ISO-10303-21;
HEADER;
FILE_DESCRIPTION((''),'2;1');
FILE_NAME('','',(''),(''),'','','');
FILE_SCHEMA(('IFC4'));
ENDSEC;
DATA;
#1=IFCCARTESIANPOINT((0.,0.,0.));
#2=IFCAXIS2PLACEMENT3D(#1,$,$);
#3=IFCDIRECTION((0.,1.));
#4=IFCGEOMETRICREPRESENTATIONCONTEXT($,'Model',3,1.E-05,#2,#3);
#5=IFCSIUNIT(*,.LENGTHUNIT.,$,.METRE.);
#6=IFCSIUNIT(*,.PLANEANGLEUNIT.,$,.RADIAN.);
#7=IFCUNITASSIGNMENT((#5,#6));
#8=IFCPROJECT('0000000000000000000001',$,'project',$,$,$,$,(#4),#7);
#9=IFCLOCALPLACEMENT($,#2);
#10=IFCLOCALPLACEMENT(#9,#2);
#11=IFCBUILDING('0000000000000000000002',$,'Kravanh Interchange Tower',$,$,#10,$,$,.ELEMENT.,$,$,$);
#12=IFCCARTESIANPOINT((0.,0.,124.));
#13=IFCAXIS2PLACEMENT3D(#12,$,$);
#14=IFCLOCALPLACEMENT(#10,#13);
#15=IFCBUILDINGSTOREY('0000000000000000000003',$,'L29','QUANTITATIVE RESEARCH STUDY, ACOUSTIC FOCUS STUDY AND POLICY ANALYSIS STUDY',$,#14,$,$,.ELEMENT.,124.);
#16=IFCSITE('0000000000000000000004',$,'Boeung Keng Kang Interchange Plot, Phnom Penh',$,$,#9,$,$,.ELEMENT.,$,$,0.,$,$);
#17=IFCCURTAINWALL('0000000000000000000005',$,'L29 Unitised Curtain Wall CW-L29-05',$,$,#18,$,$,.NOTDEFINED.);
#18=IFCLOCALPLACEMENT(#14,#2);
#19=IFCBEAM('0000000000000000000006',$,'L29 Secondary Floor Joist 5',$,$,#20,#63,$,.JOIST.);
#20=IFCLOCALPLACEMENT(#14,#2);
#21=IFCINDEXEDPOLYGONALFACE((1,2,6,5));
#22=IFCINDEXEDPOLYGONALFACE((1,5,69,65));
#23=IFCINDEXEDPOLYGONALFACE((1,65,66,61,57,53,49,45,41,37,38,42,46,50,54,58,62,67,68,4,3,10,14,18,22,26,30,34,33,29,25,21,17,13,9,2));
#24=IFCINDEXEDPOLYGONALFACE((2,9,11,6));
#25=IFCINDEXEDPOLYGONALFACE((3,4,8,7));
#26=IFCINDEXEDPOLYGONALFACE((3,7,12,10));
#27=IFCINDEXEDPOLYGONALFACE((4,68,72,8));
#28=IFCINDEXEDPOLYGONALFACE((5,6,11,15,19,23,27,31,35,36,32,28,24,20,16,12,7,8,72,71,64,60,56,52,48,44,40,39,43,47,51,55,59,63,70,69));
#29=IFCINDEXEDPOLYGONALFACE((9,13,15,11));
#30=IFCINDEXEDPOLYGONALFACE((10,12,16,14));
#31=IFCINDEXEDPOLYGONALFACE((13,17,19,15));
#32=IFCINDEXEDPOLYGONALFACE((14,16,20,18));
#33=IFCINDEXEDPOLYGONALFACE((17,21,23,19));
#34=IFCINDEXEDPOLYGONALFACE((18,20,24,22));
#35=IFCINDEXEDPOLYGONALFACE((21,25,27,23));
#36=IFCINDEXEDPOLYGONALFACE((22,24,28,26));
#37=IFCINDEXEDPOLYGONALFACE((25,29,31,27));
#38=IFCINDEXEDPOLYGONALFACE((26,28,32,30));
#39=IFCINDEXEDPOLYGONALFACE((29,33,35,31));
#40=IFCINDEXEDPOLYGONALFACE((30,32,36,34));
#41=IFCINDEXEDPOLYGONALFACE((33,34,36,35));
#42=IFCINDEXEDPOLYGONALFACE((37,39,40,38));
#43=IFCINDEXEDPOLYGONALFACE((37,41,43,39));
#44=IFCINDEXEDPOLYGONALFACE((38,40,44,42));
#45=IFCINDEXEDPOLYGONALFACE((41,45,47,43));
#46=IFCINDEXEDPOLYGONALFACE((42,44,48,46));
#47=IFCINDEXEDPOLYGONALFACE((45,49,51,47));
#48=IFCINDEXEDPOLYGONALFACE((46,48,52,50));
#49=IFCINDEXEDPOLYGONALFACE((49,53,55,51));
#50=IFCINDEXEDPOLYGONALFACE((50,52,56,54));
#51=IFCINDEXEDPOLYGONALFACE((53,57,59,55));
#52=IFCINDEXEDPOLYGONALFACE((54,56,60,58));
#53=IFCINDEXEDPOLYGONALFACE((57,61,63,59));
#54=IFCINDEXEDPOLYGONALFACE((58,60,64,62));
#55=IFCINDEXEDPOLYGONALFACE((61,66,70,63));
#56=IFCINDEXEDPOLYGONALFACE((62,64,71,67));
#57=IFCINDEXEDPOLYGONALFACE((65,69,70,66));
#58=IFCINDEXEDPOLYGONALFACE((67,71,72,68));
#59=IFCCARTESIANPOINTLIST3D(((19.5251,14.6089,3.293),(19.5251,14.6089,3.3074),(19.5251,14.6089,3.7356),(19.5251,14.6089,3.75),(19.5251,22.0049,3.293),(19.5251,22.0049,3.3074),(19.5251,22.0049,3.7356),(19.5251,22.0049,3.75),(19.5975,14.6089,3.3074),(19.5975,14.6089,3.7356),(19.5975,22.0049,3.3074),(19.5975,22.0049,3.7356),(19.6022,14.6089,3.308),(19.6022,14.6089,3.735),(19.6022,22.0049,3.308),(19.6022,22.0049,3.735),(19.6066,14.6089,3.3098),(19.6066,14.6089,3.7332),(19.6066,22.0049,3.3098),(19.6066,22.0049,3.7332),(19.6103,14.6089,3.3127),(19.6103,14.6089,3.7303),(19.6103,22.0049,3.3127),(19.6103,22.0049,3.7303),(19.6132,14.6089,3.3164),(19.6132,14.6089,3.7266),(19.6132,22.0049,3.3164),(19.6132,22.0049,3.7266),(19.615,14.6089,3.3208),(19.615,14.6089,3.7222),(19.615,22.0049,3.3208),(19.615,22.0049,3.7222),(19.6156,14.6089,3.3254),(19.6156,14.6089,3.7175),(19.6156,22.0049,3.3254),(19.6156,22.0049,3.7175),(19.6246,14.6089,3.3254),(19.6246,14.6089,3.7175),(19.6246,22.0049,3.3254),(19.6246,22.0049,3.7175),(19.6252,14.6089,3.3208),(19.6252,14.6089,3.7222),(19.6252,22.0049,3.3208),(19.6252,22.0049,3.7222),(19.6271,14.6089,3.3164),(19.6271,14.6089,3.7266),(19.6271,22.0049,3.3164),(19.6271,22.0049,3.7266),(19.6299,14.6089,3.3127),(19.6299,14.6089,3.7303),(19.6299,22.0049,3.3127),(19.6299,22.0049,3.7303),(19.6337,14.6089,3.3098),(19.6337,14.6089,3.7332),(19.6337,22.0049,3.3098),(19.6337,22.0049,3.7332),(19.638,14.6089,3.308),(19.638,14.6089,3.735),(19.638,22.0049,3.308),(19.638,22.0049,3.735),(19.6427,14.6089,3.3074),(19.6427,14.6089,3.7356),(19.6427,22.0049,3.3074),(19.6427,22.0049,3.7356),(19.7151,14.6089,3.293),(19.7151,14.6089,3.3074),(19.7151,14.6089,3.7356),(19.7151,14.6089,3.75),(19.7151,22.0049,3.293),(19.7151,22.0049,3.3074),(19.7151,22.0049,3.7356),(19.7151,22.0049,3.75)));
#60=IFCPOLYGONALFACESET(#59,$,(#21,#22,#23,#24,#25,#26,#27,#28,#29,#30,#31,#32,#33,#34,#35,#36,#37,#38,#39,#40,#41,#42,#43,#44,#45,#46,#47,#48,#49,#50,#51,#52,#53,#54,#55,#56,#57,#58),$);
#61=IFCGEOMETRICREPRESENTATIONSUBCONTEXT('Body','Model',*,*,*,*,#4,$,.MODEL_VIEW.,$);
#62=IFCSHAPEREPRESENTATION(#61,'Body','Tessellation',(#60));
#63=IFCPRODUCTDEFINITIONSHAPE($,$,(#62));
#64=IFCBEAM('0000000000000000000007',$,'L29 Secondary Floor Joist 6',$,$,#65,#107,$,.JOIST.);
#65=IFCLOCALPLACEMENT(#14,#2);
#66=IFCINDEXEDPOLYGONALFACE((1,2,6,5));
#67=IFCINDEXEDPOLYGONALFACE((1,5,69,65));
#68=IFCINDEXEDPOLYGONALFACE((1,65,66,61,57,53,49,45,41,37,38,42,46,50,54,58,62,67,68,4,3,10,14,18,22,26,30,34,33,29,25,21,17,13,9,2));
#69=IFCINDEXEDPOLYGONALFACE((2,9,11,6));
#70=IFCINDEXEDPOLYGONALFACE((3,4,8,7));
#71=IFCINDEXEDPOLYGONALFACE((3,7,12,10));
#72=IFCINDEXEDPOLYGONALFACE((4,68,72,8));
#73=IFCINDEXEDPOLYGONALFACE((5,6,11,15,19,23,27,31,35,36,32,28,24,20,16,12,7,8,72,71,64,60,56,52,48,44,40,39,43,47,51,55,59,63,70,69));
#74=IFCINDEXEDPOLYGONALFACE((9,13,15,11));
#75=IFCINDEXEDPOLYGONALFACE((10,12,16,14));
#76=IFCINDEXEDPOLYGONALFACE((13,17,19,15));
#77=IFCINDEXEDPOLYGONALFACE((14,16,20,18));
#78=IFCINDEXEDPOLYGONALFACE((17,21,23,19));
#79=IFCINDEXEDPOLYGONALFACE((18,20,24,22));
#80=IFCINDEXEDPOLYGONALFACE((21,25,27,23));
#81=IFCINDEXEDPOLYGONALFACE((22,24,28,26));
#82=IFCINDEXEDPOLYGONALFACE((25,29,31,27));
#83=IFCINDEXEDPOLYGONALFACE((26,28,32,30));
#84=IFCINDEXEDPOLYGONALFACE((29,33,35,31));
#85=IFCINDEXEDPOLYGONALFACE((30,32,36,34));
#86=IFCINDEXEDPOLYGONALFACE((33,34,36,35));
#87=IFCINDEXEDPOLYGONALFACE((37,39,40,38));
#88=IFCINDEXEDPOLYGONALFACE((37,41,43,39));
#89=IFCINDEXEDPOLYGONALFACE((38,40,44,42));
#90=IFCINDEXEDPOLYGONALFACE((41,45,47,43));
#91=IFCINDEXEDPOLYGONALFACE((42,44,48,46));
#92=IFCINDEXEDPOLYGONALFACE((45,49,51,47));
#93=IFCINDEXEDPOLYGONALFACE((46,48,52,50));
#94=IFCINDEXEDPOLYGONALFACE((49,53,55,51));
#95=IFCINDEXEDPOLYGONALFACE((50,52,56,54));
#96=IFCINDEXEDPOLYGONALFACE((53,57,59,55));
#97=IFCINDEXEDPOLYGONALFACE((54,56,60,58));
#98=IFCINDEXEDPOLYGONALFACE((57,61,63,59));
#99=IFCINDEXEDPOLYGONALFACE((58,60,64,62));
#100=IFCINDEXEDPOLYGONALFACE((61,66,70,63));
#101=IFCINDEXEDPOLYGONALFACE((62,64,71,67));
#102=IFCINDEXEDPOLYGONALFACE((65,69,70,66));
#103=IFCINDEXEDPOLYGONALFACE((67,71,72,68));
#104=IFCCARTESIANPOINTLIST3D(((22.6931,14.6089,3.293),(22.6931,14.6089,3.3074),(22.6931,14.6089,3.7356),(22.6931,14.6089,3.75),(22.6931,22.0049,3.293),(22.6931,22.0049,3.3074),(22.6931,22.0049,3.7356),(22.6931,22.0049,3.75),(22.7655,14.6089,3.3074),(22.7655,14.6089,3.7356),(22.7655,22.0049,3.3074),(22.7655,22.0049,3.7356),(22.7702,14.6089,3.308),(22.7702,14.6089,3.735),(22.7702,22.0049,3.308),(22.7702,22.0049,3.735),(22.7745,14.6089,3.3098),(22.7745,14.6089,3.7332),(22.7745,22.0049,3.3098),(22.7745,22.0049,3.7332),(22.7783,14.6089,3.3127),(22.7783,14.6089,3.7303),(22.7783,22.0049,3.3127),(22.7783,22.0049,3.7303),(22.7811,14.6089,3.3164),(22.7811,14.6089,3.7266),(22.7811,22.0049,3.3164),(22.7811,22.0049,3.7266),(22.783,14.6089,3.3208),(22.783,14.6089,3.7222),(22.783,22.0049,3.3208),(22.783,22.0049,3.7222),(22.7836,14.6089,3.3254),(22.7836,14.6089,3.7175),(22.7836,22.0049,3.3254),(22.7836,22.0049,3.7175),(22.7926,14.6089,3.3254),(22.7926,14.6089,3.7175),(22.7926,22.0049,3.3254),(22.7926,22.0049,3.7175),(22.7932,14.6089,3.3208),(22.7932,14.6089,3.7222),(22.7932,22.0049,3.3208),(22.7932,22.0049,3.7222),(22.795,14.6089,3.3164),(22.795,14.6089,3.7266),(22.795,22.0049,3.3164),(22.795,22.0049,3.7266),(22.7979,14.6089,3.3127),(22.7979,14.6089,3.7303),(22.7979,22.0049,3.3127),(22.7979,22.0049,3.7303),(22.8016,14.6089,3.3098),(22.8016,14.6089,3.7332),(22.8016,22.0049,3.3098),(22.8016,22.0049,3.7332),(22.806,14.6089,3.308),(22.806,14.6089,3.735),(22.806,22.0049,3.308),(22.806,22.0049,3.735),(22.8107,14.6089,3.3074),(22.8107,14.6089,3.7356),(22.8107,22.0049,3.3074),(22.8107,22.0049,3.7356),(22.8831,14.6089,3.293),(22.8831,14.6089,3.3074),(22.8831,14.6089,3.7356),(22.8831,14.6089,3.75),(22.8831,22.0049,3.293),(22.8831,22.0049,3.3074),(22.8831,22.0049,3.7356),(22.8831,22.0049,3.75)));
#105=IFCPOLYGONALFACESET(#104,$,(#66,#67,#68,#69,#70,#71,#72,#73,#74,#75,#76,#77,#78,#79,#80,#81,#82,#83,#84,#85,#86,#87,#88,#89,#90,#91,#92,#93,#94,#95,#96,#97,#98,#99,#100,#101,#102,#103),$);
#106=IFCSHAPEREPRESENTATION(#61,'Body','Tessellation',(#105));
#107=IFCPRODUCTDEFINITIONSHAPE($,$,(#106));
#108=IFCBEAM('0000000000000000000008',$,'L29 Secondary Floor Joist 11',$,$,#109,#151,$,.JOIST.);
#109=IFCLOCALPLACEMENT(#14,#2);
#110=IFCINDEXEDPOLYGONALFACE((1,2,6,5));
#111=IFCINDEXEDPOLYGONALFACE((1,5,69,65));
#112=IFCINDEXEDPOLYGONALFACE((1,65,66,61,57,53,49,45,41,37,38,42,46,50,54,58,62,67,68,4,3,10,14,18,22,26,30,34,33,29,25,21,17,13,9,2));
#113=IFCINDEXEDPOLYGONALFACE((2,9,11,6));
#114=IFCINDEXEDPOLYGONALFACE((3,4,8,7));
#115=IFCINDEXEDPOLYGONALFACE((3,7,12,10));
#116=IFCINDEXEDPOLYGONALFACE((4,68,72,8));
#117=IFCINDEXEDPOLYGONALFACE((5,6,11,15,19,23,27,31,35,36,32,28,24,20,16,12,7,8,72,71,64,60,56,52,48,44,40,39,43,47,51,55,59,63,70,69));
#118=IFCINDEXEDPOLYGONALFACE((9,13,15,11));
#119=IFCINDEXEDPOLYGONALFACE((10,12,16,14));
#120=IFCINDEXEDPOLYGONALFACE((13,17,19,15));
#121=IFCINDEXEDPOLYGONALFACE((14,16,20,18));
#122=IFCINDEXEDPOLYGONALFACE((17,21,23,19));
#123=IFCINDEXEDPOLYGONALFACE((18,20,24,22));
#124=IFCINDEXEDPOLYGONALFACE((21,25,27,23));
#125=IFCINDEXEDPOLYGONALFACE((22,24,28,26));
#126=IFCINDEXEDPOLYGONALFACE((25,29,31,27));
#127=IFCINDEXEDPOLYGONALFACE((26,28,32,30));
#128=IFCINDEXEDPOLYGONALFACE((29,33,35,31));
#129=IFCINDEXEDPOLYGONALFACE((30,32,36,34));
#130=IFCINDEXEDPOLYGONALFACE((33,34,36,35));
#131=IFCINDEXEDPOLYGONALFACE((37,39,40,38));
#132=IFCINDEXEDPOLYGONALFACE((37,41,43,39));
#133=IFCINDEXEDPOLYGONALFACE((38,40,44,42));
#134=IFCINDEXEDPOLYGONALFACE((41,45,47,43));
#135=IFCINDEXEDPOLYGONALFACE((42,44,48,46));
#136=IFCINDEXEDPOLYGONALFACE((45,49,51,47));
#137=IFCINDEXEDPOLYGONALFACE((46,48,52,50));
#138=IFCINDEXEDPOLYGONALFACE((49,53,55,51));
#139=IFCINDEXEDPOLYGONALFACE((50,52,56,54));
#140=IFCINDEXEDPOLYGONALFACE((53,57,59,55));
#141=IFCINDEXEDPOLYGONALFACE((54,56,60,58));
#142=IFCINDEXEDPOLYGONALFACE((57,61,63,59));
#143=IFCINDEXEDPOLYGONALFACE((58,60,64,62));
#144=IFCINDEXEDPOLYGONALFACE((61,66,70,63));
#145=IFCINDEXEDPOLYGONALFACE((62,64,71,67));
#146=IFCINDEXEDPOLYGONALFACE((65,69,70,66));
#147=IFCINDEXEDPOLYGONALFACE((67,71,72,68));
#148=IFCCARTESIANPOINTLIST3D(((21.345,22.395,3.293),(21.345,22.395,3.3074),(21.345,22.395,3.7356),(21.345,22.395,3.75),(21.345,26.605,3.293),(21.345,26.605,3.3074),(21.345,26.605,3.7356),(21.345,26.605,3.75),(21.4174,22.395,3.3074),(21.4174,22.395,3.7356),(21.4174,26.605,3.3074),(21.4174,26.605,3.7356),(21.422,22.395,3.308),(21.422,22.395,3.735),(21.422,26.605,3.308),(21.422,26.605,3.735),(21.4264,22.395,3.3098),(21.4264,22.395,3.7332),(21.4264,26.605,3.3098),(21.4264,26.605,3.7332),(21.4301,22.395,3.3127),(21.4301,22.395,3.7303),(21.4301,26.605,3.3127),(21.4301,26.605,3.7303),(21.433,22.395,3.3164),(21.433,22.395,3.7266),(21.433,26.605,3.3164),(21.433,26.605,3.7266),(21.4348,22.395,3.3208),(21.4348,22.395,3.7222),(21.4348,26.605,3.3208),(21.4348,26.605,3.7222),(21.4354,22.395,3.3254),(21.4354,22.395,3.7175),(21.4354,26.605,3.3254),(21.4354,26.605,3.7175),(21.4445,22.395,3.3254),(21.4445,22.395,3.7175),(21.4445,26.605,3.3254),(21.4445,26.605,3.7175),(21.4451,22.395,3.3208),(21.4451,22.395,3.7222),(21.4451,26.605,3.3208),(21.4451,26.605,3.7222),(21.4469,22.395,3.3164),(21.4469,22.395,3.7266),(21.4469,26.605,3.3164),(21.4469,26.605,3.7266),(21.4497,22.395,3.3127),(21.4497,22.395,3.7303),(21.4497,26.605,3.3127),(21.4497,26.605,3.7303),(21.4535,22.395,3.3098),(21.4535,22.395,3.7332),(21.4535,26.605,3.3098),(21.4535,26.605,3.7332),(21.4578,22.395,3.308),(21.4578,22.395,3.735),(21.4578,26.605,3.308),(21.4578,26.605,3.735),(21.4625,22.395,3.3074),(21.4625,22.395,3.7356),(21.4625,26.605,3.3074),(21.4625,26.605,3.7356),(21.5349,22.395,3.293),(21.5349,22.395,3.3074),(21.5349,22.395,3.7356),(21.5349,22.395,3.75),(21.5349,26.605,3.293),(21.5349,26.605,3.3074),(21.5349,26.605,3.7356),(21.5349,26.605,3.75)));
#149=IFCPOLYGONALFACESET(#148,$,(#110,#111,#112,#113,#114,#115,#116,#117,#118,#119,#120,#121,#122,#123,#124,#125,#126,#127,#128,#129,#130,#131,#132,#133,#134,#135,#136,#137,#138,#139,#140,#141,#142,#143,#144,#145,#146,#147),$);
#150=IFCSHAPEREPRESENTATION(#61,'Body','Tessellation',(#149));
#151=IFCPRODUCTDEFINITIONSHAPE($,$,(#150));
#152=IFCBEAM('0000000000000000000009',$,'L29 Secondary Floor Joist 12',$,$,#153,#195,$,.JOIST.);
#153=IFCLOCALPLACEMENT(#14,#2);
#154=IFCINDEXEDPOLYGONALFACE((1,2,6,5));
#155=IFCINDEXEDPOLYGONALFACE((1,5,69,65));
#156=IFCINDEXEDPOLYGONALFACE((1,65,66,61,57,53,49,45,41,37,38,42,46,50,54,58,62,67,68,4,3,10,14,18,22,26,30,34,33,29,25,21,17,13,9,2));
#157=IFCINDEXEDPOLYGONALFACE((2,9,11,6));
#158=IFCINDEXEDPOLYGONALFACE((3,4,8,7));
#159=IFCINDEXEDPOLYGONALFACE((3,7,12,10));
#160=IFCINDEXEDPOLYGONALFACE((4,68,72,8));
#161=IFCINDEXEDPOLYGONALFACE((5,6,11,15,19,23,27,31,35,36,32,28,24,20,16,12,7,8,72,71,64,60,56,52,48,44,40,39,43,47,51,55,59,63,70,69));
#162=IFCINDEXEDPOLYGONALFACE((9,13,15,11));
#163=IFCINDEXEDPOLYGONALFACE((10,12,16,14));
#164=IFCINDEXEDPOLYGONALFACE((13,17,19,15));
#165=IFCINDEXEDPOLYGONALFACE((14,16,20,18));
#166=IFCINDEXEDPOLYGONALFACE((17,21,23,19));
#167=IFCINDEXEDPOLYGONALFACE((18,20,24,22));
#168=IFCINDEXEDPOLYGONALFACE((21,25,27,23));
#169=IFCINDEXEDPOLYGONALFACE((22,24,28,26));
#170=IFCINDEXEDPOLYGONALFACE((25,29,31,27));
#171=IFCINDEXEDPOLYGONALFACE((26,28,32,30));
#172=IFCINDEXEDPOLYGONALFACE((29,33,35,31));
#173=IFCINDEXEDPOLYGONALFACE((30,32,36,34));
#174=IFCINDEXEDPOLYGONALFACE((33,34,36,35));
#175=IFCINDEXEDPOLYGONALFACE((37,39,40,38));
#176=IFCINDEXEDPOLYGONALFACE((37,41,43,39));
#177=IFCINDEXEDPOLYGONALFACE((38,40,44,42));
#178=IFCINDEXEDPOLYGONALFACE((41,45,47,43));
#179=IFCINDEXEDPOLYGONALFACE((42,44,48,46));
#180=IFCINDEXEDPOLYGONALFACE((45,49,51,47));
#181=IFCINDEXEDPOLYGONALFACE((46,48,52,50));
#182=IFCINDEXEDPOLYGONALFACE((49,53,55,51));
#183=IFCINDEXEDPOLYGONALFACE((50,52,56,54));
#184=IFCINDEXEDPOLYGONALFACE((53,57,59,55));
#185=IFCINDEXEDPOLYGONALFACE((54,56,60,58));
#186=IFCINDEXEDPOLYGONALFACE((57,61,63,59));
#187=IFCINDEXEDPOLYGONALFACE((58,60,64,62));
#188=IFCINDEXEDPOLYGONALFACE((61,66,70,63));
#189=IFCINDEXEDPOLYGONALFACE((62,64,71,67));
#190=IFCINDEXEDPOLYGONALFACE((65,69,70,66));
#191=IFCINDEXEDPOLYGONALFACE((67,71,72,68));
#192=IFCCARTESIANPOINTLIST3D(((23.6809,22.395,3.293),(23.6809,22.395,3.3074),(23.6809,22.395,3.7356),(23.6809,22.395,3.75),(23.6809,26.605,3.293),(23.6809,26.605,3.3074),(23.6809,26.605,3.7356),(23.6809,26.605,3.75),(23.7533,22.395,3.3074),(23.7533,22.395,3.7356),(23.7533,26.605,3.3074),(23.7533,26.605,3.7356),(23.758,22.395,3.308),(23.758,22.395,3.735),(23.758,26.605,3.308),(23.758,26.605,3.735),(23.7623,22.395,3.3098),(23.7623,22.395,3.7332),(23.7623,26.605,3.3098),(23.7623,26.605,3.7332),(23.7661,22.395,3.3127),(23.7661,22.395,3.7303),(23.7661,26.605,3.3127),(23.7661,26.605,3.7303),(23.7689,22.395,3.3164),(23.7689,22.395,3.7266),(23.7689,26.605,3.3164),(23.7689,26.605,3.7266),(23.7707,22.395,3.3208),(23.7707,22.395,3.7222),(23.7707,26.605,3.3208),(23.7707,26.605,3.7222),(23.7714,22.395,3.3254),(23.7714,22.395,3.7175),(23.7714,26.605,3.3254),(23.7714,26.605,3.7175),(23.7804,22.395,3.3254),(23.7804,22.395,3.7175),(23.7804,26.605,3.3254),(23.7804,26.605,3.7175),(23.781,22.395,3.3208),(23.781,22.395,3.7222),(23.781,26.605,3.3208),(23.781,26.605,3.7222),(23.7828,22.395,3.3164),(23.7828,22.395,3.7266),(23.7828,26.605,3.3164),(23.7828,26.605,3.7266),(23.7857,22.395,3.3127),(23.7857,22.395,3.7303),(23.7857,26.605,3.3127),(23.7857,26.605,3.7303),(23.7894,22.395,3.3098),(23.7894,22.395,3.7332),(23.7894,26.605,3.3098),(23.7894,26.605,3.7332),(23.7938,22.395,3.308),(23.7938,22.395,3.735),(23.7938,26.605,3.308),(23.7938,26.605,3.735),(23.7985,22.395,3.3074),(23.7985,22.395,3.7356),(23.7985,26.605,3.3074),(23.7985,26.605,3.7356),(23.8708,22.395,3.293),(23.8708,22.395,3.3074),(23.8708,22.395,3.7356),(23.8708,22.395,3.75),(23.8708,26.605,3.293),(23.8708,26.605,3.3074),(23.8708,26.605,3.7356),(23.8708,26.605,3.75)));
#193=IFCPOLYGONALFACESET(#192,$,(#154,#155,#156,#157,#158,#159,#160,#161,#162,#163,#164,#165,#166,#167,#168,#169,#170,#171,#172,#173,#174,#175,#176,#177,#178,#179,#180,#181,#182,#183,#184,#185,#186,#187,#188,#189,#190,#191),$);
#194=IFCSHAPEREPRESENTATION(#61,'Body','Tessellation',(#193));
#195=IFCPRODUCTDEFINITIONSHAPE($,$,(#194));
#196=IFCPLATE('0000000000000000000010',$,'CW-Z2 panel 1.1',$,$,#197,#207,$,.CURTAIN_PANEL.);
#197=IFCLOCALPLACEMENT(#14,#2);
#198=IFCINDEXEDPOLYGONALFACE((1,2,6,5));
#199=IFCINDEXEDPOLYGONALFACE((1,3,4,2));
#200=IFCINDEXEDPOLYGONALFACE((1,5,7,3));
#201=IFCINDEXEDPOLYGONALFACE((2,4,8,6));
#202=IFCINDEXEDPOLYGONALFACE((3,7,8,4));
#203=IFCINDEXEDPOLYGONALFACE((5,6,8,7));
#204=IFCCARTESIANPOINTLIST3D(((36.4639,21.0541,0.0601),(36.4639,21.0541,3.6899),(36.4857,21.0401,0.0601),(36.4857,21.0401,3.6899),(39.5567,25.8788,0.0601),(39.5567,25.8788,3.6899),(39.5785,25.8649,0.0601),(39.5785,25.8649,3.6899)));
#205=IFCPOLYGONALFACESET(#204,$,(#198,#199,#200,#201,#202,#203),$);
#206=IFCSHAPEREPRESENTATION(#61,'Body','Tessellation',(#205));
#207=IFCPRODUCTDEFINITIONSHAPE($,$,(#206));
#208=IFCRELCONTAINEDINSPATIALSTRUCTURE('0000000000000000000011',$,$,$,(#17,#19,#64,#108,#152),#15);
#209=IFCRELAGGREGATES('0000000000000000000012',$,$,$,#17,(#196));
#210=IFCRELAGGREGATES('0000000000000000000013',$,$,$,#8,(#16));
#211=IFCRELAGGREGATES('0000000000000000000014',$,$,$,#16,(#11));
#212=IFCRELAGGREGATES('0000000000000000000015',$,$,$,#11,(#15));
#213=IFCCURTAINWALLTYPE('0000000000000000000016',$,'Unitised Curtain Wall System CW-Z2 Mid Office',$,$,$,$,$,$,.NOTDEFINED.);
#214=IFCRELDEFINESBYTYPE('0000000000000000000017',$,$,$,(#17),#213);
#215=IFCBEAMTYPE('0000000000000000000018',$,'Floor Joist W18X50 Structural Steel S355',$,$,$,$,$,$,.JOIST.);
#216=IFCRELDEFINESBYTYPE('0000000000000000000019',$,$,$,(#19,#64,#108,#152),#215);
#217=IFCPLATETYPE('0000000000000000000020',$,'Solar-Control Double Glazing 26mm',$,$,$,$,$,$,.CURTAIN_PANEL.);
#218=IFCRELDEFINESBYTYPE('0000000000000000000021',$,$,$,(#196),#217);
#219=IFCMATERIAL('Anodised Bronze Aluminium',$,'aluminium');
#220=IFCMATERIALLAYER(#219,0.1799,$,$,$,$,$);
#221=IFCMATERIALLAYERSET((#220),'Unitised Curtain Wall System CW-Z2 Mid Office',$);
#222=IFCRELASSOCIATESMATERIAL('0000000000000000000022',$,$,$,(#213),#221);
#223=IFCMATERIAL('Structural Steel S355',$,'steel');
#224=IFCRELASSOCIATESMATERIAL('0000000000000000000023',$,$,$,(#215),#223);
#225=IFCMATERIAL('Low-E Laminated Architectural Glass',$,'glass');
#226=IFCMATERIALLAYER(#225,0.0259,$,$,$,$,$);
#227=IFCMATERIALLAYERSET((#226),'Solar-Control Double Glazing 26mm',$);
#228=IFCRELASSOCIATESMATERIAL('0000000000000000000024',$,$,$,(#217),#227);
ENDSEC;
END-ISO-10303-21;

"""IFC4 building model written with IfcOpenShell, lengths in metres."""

from ifc_helpers import new_model, si_unit, direction, frame, origin, origin_2d, place, context, subcontext, project, spatial, rectangle, i_section, extrude, material, layer, layer_set, material_profile, profile_set, type_object, element, aggregate, save


model = new_model("IFC4")

# Units and contexts
model_context = context("Model", 3, precision=1e-05, world=origin(), true_north=direction((0.0, 1.0)))
body_context = subcontext(model_context, "Body", "Model", "MODEL_VIEW")
ifc_project = project(units=[si_unit("LENGTHUNIT", "METRE"), si_unit("PLANEANGLEUNIT", "RADIAN")], contexts=[model_context])

# Site, building, storey
site_placement = place(None, origin())
site = spatial("IfcSite", under=ifc_project, at=site_placement, Name="Boeung Keng Kang Interchange Plot, Phnom Penh", CompositionType="ELEMENT", RefElevation=0.0)
building_placement = place(site_placement, origin())
building = spatial("IfcBuilding", under=site, at=building_placement, Name="Kravanh Interchange Tower", CompositionType="ELEMENT")
storey_placement = place(building_placement, frame((0.0, 0.0, 124.0)))
storey = spatial("IfcBuildingStorey", under=building, at=storey_placement, Name="L29", Description="QUANTITATIVE RESEARCH STUDY, ACOUSTIC FOCUS STUDY AND POLICY ANALYSIS STUDY", CompositionType="ELEMENT", Elevation=124.0)

# Curtain wall
ifc_material_1 = material(Name="Anodised Bronze Aluminium", Category="aluminium")
ifc_layer_1 = layer(ifc_material_1, 0.1799)
ifc_layer_set_1 = layer_set([ifc_layer_1], Name="Unitised Curtain Wall System CW-Z2 Mid Office")
curtain_wall_type = type_object("IfcCurtainWallType", Name="Unitised Curtain Wall System CW-Z2 Mid Office", PredefinedType="NOTDEFINED", material=ifc_layer_set_1)
curtain_wall_placement = place(storey_placement, origin())
curtain_wall = element("IfcCurtainWall", 1, at=curtain_wall_placement, inside=storey, type_object=curtain_wall_type, Name="L29 Unitised Curtain Wall CW-L29-05", PredefinedType="NOTDEFINED")

# Beams
ifc_material_2 = material(Name="Structural Steel S355", Category="steel")
ifc_material_profile_1 = material_profile(ifc_material_2, i_section(OverallWidth=0.1899, OverallDepth=0.457, WebThickness=0.009, FlangeThickness=0.0144, FilletRadius=0.0181, at=origin_2d()), Name="W18X50")
ifc_profile_set_1 = profile_set([ifc_material_profile_1], Name="Structural Steel S355")
beam_type_1 = type_object("IfcBeamType", Name="Floor Joist W18X50 Structural Steel S355", PredefinedType="JOIST", material=ifc_profile_set_1)
for number, where, z_axis, x_axis, name in (
    (2, (19.6201, 14.6089, 3.5215), (0.0, 1.0, 0.0), (-1.0, 0.0, 0.0), "L29 Secondary Floor Joist 5"),
    (3, (22.7881, 14.6089, 3.5215), (0.0, 1.0, 0.0), (-1.0, 0.0, 0.0), "L29 Secondary Floor Joist 6"),
):
    element("IfcBeam", number, at=place(storey_placement, frame(where, z_axis=z_axis, x_axis=x_axis)), inside=storey, type_object=beam_type_1, Name=name, PredefinedType="JOIST", context=body_context, shape_type="SweptSolid", body=[
        extrude(i_section(OverallWidth=0.1899, OverallDepth=0.457, WebThickness=0.009, FlangeThickness=0.0144, FilletRadius=0.0181, at=origin_2d()), origin(), (0.0, 0.0, 1.0), 7.396),
    ])
for number, where, z_axis, x_axis, name in (
    (4, (21.4399, 22.395, 3.5215), (0.0, 1.0, 0.0), (-1.0, 0.0, 0.0), "L29 Secondary Floor Joist 11"),
    (5, (23.7759, 22.395, 3.5215), (0.0, 1.0, 0.0), (-1.0, 0.0, 0.0), "L29 Secondary Floor Joist 12"),
):
    element("IfcBeam", number, at=place(storey_placement, frame(where, z_axis=z_axis, x_axis=x_axis)), inside=storey, type_object=beam_type_1, Name=name, PredefinedType="JOIST", context=body_context, shape_type="SweptSolid", body=[
        extrude(i_section(OverallWidth=0.1899, OverallDepth=0.457, WebThickness=0.009, FlangeThickness=0.0144, FilletRadius=0.0181, at=origin_2d()), origin(), (0.0, 0.0, 1.0), 4.21),
    ])

# Plate
ifc_material_3 = material(Name="Low-E Laminated Architectural Glass", Category="glass")
ifc_layer_2 = layer(ifc_material_3, 0.0259)
ifc_layer_set_2 = layer_set([ifc_layer_2], Name="Solar-Control Double Glazing 26mm")
plate_type = type_object("IfcPlateType", Name="Solar-Control Double Glazing 26mm", PredefinedType="CURTAIN_PANEL", material=ifc_layer_set_2)
plate_1_placement = place(storey_placement, frame((38.0212, 23.4595, 0.0601), z_axis=(0.0, 0.0, 1.0), x_axis=(-0.539665, -0.84188, 0.0)))
plate_1 = element("IfcPlate", 6, at=plate_1_placement, type_object=plate_type, Name="CW-Z2 panel 1.1", PredefinedType="CURTAIN_PANEL", context=body_context, shape_type="SweptSolid", body=[
    extrude(rectangle(XDim=5.731, YDim=0.0259, at=origin_2d()), origin(), (0.0, 0.0, 1.0), 3.6299),
])
aggregate(curtain_wall, [plate_1])

save(model, "model.ifc")
